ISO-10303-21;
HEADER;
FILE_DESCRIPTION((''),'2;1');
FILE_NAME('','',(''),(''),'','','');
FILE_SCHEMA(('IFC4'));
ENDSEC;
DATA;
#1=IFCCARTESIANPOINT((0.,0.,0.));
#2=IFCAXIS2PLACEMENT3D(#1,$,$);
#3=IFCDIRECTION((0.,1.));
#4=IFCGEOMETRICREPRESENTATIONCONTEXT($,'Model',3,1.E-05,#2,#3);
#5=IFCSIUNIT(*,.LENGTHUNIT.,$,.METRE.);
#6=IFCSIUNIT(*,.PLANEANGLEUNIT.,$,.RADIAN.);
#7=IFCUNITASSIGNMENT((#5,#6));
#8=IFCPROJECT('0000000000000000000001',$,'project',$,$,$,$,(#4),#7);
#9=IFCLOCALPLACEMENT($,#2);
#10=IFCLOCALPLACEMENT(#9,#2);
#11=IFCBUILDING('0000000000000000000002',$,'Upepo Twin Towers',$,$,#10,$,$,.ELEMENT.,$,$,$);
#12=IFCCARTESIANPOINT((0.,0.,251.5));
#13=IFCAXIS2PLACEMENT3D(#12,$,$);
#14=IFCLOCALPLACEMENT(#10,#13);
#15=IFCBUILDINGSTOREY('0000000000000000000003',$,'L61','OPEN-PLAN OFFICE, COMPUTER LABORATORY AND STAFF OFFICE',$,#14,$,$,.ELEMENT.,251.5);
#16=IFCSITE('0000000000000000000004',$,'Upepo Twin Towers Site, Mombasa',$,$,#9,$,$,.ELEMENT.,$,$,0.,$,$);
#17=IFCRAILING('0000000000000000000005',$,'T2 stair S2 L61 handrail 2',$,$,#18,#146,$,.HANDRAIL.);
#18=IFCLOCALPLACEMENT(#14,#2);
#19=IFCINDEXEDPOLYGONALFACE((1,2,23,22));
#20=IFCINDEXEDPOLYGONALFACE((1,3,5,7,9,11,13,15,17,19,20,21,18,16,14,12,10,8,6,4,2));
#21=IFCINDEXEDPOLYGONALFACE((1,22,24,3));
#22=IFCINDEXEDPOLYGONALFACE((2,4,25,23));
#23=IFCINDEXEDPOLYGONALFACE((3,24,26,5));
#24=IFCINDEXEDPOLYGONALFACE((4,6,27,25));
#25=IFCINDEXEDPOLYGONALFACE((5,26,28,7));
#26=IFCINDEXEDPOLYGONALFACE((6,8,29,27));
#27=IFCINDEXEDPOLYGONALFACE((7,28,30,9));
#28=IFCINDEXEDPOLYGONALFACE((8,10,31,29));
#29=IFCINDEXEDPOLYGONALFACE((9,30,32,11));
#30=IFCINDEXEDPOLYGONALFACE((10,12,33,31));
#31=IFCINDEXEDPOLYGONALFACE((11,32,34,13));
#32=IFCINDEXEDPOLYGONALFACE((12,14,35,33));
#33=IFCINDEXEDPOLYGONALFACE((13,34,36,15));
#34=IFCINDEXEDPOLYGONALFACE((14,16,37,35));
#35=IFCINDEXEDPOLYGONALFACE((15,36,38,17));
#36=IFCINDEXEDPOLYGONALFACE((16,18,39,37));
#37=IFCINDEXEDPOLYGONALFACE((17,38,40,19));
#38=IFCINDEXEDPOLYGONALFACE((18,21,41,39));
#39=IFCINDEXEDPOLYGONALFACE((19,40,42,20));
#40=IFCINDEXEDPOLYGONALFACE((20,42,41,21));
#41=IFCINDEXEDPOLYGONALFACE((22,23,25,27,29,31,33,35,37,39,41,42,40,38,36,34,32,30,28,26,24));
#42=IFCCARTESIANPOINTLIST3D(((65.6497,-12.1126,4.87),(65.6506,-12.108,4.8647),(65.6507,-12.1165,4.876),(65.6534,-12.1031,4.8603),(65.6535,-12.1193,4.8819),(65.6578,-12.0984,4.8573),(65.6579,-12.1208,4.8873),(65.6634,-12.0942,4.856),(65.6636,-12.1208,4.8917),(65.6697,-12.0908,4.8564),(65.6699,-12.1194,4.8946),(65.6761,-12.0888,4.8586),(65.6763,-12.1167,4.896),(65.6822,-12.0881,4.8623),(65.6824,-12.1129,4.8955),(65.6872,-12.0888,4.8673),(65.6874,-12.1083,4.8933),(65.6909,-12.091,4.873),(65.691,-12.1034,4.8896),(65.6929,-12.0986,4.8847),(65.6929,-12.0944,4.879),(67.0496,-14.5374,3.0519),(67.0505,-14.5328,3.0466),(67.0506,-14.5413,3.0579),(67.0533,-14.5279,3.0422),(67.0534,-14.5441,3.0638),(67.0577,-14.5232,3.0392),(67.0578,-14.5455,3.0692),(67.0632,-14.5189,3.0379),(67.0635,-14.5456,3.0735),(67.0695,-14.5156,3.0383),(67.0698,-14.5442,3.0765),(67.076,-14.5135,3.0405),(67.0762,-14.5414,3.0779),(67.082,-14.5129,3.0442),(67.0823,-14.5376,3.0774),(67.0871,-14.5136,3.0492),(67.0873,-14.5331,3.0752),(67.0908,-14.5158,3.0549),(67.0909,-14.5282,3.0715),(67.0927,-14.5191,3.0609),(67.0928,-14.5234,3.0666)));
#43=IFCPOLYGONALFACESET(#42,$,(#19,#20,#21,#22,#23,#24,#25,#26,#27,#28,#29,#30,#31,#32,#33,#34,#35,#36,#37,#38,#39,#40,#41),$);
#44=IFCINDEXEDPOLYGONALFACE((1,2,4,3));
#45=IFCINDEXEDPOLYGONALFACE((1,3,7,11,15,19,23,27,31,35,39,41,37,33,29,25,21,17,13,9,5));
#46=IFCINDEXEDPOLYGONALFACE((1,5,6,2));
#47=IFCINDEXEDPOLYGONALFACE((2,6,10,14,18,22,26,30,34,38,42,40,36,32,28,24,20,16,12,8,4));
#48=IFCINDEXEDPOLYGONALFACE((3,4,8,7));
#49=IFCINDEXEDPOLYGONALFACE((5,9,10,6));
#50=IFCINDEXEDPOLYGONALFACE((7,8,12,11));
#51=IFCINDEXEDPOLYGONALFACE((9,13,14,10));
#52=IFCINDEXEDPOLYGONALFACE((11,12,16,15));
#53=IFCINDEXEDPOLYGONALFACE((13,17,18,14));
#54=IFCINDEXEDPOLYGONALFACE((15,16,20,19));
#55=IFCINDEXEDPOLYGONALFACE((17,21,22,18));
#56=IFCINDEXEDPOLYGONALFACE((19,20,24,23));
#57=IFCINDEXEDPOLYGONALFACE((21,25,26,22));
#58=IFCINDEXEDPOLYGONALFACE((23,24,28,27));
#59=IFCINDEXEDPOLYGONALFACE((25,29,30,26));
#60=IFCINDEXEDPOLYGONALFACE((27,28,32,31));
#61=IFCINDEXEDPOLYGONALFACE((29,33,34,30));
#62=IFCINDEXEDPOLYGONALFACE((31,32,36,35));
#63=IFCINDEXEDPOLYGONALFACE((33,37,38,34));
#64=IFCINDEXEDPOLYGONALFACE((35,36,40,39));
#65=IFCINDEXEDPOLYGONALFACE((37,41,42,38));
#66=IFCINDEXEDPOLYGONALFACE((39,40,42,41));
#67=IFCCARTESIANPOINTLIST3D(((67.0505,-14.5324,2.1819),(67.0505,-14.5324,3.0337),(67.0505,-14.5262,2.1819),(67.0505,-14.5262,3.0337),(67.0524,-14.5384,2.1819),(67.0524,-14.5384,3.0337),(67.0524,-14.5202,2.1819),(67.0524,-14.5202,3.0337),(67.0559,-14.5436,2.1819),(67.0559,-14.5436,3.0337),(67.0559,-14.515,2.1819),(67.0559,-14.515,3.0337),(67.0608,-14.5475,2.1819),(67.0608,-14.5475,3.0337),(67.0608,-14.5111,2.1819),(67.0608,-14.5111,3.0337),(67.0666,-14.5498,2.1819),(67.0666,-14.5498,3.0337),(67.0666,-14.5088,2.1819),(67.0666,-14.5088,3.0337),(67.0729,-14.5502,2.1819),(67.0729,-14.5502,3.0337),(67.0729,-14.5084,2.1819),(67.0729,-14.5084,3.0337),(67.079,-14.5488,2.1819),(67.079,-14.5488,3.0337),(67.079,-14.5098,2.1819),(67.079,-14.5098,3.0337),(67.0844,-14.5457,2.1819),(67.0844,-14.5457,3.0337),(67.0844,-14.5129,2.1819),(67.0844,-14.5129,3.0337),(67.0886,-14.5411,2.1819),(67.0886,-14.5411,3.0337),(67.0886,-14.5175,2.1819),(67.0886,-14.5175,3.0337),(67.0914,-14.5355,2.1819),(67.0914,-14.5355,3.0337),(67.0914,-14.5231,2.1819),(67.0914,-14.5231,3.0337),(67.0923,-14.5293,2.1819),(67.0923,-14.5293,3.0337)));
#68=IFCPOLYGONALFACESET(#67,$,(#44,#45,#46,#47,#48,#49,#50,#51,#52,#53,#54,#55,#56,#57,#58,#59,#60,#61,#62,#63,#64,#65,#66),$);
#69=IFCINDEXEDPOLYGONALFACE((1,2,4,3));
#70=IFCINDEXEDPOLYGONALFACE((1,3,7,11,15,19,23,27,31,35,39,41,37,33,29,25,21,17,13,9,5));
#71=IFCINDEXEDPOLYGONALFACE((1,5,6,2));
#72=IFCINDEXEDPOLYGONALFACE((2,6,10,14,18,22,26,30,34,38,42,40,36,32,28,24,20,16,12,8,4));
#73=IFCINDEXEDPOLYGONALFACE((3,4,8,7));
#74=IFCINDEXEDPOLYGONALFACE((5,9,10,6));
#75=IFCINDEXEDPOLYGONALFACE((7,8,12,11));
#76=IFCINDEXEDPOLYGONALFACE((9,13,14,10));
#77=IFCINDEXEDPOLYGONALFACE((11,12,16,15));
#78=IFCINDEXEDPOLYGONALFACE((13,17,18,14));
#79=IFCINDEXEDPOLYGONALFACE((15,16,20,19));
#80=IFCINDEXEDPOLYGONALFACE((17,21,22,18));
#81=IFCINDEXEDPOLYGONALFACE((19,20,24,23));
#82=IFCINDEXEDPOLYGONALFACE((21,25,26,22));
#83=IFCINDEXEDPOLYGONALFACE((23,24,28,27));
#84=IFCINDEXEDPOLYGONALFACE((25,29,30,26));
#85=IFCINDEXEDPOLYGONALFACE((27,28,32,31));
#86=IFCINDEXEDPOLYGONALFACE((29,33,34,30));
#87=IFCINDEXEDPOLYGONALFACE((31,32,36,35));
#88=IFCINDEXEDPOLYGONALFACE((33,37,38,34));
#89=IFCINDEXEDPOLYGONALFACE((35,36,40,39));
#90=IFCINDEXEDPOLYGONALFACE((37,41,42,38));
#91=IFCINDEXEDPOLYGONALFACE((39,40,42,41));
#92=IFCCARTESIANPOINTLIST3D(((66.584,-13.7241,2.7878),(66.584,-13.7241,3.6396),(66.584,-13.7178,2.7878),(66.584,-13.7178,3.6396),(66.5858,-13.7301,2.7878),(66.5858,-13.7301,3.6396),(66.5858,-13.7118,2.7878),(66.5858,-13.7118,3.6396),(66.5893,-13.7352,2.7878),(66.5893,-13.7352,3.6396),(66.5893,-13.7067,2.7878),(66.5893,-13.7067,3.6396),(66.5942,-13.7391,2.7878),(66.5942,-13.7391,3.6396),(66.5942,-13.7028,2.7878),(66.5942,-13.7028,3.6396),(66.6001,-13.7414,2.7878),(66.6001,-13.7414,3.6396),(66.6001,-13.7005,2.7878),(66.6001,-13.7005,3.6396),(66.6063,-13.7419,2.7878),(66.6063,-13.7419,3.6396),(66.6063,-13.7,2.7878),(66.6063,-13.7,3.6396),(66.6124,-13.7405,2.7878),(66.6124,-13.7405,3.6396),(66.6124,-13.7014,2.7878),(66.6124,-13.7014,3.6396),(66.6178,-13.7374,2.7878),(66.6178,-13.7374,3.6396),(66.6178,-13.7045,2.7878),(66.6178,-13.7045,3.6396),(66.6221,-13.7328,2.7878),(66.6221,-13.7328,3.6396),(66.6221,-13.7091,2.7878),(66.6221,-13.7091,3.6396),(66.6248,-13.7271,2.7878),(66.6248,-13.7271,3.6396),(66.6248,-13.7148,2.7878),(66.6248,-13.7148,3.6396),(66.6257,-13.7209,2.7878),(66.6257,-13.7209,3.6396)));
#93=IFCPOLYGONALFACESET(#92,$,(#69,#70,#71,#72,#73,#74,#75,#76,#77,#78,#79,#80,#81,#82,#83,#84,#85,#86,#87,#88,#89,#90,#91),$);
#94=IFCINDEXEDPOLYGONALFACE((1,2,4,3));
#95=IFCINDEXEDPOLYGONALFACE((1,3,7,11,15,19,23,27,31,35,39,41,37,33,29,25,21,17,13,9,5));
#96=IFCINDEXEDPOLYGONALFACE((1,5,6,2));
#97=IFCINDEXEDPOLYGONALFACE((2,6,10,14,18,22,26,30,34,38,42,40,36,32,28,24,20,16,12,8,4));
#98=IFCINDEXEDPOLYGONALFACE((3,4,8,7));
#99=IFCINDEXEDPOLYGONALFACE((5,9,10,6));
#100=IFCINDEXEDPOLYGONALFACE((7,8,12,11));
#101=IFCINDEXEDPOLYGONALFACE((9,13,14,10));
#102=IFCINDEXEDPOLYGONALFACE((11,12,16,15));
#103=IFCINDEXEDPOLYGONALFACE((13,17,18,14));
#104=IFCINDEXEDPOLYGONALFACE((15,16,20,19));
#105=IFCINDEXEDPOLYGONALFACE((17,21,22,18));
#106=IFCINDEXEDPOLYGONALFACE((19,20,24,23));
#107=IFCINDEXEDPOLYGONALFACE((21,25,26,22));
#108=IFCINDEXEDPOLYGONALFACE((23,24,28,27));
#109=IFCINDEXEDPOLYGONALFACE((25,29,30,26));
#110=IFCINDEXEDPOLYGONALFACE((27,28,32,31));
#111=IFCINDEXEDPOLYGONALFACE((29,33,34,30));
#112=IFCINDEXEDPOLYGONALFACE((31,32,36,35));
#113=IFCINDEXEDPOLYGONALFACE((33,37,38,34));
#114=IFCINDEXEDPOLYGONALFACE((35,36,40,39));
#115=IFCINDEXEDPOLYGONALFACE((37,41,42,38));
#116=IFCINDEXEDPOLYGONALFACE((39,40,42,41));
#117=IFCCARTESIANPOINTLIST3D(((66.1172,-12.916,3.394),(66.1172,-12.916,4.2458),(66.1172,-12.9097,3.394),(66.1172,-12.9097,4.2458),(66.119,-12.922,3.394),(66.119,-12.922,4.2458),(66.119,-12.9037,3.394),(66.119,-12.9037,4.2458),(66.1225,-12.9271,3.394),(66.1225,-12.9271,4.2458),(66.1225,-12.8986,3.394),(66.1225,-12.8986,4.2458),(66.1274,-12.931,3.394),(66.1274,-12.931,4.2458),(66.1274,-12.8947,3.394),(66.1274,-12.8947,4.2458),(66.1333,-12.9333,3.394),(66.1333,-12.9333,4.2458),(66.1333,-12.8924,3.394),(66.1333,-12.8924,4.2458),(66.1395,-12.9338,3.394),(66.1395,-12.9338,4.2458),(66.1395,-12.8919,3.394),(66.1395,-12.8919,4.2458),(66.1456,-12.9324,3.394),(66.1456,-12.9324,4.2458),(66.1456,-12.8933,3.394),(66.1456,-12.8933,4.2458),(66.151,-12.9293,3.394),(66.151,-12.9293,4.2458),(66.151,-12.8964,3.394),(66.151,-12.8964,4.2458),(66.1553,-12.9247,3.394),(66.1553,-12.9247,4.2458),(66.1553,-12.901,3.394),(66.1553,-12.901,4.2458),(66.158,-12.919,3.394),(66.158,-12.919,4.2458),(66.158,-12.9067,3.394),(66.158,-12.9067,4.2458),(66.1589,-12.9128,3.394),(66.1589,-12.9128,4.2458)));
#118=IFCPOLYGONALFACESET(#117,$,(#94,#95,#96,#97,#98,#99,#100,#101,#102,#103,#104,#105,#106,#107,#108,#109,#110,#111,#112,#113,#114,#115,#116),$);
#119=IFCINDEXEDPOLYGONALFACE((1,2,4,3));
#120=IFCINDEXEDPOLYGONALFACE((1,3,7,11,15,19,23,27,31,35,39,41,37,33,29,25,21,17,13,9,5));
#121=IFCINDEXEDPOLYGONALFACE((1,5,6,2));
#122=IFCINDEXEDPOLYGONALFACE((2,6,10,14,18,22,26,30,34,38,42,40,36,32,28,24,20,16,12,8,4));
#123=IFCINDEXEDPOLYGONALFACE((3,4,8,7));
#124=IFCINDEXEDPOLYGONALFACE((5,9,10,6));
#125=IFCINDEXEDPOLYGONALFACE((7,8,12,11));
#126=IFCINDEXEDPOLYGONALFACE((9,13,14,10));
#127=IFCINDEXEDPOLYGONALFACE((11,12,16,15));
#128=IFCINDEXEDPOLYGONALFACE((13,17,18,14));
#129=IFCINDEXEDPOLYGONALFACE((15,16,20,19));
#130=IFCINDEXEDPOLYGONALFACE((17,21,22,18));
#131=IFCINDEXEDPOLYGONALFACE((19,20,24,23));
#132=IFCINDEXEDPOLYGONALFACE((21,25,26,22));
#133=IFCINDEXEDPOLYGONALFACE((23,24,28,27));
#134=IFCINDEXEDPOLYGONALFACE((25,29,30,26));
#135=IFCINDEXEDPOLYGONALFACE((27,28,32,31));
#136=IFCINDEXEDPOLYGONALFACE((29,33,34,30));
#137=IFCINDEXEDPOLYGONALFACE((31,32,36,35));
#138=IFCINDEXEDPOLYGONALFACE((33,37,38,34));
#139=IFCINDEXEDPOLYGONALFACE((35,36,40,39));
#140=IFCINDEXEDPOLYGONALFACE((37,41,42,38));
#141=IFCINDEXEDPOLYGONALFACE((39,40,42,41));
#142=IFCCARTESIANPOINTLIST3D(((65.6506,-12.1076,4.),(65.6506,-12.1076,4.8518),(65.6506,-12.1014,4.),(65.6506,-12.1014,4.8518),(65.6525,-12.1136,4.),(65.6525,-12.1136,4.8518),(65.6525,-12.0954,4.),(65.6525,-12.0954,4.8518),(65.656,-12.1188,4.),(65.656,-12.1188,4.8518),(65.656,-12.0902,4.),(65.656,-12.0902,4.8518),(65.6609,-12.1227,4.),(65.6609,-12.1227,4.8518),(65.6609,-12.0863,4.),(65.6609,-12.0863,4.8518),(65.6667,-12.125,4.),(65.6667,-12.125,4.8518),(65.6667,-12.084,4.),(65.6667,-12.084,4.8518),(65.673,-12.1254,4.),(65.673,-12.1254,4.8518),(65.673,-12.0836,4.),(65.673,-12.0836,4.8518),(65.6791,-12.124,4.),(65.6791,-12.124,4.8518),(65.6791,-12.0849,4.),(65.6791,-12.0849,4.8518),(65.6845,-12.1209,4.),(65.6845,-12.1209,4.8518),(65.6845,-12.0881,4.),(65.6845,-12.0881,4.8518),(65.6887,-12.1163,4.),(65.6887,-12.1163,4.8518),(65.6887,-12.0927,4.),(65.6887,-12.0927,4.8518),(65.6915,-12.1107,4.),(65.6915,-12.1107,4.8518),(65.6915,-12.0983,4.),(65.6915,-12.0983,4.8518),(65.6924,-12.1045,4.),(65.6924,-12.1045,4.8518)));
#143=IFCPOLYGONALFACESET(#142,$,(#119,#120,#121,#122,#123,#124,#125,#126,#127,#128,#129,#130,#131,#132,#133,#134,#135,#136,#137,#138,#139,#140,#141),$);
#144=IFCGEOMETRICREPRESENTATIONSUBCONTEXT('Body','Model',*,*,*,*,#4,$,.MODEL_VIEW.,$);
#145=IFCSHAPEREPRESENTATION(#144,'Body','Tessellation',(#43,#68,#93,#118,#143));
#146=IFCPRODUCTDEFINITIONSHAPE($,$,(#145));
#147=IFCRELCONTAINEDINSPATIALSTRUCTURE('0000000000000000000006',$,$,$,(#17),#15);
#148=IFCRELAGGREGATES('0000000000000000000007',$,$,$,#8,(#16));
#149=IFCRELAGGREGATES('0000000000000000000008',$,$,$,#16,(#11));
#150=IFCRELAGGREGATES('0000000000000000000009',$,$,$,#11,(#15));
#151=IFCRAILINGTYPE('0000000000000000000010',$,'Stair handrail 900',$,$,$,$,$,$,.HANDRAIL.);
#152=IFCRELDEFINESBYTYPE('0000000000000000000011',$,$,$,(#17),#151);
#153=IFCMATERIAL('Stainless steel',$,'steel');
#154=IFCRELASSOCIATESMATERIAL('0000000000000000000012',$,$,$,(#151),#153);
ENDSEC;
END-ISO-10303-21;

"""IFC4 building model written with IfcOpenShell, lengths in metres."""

from ifc_helpers import new_model, si_unit, direction, frame, origin, origin_2d, place, context, subcontext, project, spatial, circle, extrude, material, type_object, element, save


model = new_model("IFC4")

# Units and contexts
model_context = context("Model", 3, precision=1e-05, world=origin(), true_north=direction((0.0, 1.0)))
body_context = subcontext(model_context, "Body", "Model", "MODEL_VIEW")
ifc_project = project(units=[si_unit("LENGTHUNIT", "METRE"), si_unit("PLANEANGLEUNIT", "RADIAN")], contexts=[model_context])

# Site, building, storey
site_placement = place(None, origin())
site = spatial("IfcSite", under=ifc_project, at=site_placement, Name="Upepo Twin Towers Site, Mombasa", CompositionType="ELEMENT", RefElevation=0.0)
building_placement = place(site_placement, origin())
building = spatial("IfcBuilding", under=site, at=building_placement, Name="Upepo Twin Towers", CompositionType="ELEMENT")
storey_placement = place(building_placement, frame((0.0, 0.0, 251.5)))
storey = spatial("IfcBuildingStorey", under=building, at=storey_placement, Name="L61", Description="OPEN-PLAN OFFICE, COMPUTER LABORATORY AND STAFF OFFICE", CompositionType="ELEMENT", Elevation=251.5)

# Railing
ifc_material_1 = material(Name="Stainless steel", Category="steel")
railing_type = type_object("IfcRailingType", Name="Stair handrail 900", PredefinedType="HANDRAIL", material=ifc_material_1)
railing_1_placement = place(storey_placement, frame((67.0713, -14.5293, 2.1819)))
element("IfcRailing", 1, at=railing_1_placement, inside=storey, type_object=railing_type, Name="T2 stair S2 L61 handrail 2", PredefinedType="HANDRAIL", context=body_context, shape_type="SweptSolid", body=[
    extrude(circle(Radius=0.0239, at=origin_2d()), frame((0.0, 0.0, 0.876), z_axis=(-0.419333, 0.726336, 0.544606), x_axis=(-0.866035, -0.499984, 0.0)), (0.0, 0.0, 1.0), 3.3384),
    extrude(circle(Radius=0.021, at=origin_2d()), origin(), (0.0, 0.0, 1.0), 0.8518),
    extrude(circle(Radius=0.021, at=origin_2d()), frame((-0.4666, 0.8083, 0.606)), (0.0, 0.0, 1.0), 0.8518),
    extrude(circle(Radius=0.021, at=origin_2d()), frame((-0.9333, 1.6165, 1.2122)), (0.0, 0.0, 1.0), 0.8518),
    extrude(circle(Radius=0.021, at=origin_2d()), frame((-1.3999, 2.4248, 1.8181)), (0.0, 0.0, 1.0), 0.8518),
])

save(model, "model.ifc")
